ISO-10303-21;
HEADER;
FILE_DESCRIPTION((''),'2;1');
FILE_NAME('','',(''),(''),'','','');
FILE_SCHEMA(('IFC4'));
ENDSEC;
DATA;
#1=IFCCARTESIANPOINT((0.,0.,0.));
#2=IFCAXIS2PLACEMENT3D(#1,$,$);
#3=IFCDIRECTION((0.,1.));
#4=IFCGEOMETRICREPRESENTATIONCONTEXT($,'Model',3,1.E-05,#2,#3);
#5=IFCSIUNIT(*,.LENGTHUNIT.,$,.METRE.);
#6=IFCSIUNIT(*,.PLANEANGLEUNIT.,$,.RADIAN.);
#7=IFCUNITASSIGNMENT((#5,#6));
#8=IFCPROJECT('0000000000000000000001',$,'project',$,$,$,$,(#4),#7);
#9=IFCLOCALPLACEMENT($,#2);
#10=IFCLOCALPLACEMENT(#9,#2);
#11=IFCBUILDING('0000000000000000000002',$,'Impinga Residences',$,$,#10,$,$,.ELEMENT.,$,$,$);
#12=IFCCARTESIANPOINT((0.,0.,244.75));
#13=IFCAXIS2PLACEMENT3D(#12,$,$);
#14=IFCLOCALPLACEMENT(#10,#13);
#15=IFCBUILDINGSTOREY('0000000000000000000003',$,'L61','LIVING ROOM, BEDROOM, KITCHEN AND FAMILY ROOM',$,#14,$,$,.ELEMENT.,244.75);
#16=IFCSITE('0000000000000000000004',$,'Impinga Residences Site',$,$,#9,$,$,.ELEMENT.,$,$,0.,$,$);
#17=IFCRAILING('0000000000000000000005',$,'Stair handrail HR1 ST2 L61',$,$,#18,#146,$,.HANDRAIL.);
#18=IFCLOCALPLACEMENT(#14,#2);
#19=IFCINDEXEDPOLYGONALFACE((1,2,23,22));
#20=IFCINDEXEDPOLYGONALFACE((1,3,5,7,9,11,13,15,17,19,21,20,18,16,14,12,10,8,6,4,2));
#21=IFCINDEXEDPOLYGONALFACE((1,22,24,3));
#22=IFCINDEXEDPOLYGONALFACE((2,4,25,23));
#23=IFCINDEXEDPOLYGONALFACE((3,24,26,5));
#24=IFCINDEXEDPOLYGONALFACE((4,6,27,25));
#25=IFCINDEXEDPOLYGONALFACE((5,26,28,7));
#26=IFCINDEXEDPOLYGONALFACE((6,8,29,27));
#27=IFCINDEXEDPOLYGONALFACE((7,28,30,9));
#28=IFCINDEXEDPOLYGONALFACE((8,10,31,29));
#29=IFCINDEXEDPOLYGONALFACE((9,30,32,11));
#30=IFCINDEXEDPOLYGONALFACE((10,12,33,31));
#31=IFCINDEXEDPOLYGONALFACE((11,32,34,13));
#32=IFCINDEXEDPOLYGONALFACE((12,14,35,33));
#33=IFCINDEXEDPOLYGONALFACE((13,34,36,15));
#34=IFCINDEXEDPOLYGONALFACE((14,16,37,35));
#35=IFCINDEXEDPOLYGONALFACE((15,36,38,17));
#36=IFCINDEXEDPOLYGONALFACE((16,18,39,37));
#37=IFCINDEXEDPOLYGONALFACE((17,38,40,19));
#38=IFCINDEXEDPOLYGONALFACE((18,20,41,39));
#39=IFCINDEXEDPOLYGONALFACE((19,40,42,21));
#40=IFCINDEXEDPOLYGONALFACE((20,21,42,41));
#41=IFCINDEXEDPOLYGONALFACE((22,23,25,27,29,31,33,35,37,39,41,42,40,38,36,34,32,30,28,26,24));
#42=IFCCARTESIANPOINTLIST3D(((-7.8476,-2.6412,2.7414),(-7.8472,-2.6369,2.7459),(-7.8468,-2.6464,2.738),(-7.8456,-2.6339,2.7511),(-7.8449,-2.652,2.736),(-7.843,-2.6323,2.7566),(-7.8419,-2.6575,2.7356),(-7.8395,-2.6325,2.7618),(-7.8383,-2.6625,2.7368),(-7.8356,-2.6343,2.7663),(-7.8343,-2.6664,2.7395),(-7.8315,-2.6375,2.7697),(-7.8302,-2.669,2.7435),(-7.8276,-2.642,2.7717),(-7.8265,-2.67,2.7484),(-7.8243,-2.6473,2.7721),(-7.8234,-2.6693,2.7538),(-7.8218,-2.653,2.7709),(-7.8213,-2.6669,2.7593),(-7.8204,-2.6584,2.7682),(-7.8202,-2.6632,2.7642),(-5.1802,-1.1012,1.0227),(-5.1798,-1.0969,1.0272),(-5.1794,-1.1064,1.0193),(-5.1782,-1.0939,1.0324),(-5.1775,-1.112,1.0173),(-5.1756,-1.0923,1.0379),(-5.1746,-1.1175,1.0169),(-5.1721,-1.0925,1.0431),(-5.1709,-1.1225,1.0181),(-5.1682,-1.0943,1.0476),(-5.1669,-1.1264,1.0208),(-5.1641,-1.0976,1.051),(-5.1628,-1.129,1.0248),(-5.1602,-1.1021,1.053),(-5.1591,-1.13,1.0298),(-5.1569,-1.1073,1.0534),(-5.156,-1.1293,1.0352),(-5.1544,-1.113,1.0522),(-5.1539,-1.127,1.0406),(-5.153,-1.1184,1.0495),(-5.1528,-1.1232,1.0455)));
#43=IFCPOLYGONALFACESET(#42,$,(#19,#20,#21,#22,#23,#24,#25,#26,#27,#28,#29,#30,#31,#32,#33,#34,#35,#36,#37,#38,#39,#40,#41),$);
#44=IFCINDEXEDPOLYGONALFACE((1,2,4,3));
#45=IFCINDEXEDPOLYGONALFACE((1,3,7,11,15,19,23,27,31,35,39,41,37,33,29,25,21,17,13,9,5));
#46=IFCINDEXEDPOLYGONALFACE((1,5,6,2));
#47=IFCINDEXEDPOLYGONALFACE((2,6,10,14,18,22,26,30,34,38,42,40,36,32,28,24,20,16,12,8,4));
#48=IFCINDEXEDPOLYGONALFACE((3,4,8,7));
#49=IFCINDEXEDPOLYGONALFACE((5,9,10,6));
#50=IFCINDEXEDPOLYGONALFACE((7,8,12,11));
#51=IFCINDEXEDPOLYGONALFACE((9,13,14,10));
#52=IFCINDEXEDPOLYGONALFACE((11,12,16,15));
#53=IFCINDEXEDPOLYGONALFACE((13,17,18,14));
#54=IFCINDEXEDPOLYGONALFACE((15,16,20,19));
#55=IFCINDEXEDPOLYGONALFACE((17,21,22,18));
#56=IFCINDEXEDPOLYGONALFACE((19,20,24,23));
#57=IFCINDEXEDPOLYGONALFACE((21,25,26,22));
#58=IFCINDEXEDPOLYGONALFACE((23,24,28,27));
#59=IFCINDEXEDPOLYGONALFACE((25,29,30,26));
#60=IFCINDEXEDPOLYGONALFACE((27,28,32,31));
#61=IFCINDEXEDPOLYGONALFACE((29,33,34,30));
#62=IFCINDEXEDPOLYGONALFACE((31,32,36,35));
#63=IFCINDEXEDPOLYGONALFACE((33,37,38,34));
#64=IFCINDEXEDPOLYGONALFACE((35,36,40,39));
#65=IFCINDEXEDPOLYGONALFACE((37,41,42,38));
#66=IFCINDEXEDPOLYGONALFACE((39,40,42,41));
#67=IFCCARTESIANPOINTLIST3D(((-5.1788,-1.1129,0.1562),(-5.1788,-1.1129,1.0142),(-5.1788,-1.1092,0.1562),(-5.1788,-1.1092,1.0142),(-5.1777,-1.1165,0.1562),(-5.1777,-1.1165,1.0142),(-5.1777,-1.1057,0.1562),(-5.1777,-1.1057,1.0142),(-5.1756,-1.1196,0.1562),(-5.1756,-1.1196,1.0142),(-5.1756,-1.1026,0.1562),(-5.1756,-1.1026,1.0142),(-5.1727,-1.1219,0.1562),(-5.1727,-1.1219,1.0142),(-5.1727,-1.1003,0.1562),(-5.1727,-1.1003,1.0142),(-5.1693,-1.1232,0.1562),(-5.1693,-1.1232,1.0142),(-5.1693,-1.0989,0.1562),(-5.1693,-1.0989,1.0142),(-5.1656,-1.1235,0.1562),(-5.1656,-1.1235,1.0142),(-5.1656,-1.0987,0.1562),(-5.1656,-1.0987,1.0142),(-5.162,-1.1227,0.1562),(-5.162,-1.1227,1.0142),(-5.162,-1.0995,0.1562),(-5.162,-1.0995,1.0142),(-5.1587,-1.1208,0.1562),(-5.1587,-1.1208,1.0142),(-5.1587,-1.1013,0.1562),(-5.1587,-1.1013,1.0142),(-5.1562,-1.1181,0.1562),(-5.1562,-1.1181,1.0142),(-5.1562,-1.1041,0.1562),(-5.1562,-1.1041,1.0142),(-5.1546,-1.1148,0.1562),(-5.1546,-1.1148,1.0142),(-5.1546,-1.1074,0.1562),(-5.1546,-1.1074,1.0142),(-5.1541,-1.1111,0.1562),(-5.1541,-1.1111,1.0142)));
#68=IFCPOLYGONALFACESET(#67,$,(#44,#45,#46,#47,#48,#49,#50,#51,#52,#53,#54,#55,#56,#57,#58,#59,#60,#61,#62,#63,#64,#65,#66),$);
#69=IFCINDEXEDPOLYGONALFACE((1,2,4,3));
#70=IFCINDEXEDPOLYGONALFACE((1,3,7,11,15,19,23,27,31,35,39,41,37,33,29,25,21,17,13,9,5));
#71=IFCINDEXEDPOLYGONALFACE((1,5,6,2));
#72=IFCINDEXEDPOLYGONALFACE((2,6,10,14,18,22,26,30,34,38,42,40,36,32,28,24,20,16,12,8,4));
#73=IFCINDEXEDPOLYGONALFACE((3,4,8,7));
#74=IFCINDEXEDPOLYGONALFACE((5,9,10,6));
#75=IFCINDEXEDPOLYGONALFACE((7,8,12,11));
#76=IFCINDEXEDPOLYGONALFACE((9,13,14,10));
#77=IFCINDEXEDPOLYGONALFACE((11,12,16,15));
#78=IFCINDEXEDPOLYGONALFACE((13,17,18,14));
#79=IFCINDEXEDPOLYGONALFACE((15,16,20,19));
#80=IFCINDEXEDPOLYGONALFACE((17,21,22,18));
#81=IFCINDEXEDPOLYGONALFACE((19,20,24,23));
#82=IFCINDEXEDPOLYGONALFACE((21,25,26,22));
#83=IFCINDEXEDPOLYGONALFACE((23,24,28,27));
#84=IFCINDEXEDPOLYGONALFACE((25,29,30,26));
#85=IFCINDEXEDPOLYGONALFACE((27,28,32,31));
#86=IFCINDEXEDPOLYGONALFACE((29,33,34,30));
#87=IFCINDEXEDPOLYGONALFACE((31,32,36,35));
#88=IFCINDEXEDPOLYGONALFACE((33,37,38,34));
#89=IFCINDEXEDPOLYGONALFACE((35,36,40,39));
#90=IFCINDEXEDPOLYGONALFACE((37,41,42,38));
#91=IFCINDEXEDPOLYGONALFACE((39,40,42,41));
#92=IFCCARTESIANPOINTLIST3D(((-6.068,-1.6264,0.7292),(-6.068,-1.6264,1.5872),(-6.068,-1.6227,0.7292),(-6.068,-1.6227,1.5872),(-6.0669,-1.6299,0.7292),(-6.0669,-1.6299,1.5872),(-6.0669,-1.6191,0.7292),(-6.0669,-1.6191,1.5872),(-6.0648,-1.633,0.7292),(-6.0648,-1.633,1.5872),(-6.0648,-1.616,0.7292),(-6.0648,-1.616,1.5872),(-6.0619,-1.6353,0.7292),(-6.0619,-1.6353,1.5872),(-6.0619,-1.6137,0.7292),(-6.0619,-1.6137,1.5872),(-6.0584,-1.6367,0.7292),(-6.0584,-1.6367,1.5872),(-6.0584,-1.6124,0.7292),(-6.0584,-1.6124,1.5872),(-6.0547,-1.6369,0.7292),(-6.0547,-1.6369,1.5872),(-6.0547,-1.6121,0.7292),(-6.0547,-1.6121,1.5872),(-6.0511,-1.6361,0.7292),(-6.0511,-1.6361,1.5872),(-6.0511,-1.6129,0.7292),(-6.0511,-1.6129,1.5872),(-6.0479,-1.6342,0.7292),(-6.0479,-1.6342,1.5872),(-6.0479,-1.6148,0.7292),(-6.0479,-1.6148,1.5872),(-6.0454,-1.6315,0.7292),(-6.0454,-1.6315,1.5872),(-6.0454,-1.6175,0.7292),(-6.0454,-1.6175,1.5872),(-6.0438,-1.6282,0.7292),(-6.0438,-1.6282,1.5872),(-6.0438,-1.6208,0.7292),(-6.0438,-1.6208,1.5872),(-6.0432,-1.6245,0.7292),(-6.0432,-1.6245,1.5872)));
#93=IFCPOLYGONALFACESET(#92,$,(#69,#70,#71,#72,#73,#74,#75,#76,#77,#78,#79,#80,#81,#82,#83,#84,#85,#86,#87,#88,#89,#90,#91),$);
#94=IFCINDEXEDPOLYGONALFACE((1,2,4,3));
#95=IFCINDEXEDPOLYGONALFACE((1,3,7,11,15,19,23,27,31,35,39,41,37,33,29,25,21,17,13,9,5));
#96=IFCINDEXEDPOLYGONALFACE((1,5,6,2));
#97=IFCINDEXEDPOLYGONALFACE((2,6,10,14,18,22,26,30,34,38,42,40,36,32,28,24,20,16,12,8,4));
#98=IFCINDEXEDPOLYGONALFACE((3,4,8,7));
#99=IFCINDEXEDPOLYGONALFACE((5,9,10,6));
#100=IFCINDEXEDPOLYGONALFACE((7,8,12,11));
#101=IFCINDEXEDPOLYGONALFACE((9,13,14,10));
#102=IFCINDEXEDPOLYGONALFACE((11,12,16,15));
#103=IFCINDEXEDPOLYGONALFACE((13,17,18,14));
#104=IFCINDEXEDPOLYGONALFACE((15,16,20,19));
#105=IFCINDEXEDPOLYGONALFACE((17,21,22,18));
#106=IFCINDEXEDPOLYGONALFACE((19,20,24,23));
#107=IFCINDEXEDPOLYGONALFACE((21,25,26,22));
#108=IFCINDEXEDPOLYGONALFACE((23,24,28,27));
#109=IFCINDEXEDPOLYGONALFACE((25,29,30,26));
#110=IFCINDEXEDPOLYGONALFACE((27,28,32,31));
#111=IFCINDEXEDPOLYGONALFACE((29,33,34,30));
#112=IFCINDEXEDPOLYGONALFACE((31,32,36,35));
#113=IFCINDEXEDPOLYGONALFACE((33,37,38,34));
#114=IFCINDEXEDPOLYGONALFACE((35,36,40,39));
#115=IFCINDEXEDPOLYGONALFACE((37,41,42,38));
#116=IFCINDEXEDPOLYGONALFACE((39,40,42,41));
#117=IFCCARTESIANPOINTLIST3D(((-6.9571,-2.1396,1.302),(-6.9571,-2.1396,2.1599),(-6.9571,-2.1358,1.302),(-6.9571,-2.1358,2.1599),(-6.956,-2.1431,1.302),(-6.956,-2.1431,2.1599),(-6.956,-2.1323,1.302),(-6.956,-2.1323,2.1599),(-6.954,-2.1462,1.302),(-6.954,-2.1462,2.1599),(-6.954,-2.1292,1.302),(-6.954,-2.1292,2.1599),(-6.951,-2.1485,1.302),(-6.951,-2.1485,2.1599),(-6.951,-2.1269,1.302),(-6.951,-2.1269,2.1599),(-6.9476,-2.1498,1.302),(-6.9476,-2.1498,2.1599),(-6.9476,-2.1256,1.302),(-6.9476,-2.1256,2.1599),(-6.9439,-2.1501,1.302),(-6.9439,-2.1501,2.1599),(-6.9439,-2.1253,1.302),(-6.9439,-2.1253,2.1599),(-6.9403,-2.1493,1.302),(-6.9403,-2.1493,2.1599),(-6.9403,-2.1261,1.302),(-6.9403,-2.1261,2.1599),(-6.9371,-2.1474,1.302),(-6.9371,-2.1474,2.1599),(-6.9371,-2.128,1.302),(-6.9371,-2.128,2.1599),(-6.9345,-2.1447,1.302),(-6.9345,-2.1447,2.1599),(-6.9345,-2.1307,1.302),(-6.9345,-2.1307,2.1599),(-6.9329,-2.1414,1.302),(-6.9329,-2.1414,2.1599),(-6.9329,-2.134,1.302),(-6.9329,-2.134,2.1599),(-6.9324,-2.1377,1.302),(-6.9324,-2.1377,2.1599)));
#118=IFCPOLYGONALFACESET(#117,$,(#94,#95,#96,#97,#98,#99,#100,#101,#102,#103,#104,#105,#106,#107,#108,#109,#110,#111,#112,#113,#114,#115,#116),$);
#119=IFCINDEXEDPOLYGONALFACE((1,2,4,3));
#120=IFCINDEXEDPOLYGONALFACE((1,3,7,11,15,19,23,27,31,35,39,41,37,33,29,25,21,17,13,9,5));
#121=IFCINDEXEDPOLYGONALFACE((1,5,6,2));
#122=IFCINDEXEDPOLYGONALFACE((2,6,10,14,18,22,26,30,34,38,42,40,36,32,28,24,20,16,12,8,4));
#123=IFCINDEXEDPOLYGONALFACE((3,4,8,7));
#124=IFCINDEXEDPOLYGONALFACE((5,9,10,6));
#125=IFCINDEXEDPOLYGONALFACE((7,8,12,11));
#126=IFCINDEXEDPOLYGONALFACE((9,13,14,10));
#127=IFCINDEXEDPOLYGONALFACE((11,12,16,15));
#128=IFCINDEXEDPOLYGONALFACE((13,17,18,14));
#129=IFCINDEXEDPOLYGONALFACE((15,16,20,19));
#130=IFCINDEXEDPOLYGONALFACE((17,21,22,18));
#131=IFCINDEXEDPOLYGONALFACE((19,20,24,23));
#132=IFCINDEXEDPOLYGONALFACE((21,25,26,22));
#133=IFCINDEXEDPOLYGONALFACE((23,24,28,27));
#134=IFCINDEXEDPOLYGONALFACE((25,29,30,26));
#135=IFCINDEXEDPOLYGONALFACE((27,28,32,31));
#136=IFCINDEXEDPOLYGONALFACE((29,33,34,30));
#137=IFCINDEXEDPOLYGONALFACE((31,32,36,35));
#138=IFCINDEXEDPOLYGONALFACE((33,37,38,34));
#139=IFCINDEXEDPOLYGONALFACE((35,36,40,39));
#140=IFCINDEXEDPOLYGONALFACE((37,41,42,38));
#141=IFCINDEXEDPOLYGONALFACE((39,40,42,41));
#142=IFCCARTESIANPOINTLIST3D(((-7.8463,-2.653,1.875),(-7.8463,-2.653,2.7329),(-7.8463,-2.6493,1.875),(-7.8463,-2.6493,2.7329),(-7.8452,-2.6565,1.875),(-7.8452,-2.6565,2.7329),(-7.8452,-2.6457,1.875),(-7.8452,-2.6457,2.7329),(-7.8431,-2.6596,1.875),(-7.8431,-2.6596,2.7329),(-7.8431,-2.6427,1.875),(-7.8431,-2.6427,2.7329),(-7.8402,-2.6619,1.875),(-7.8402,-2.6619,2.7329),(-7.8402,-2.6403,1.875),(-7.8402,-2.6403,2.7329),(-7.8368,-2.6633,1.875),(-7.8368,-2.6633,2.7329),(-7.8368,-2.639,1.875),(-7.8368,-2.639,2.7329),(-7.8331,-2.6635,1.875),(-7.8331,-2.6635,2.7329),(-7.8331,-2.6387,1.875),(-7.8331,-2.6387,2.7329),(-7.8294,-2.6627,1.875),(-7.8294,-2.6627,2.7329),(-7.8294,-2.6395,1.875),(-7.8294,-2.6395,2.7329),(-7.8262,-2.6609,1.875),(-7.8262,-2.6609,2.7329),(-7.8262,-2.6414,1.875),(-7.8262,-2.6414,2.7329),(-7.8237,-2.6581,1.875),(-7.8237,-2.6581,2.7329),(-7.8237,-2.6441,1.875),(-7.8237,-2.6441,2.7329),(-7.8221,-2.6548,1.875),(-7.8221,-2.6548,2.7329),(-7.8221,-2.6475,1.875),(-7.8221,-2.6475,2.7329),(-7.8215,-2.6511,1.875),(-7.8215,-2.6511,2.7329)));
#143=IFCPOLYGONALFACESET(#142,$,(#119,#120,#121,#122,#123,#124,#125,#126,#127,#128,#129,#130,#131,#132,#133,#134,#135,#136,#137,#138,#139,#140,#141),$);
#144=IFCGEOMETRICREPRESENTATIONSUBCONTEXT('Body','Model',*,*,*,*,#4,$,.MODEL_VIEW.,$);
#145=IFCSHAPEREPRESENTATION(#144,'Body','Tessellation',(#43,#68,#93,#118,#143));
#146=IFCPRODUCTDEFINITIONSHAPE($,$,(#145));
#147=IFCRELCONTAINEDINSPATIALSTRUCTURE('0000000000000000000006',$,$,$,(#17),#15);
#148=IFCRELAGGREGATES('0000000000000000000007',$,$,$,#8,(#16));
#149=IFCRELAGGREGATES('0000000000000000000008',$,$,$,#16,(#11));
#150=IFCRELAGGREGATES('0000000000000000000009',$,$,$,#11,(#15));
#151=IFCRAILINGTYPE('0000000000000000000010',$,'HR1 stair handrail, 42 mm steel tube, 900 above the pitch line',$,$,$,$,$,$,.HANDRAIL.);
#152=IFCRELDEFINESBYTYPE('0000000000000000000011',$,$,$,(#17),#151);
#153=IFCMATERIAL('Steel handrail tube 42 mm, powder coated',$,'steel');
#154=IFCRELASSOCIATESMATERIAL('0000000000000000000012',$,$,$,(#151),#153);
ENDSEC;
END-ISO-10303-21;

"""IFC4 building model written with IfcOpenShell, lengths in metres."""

from ifc_helpers import new_model, si_unit, direction, frame, origin, origin_2d, place, context, subcontext, project, spatial, circle, extrude, material, type_object, element, save


model = new_model("IFC4")

# Units and contexts
model_context = context("Model", 3, precision=1e-05, world=origin(), true_north=direction((0.0, 1.0)))
body_context = subcontext(model_context, "Body", "Model", "MODEL_VIEW")
ifc_project = project(units=[si_unit("LENGTHUNIT", "METRE"), si_unit("PLANEANGLEUNIT", "RADIAN")], contexts=[model_context])

# Site, building, storey
site_placement = place(None, origin())
site = spatial("IfcSite", under=ifc_project, at=site_placement, Name="Impinga Residences Site", CompositionType="ELEMENT", RefElevation=0.0)
building_placement = place(site_placement, origin())
building = spatial("IfcBuilding", under=site, at=building_placement, Name="Impinga Residences", CompositionType="ELEMENT")
storey_placement = place(building_placement, frame((0.0, 0.0, 244.75)))
storey = spatial("IfcBuildingStorey", under=building, at=storey_placement, Name="L61", Description="LIVING ROOM, BEDROOM, KITCHEN AND FAMILY ROOM", CompositionType="ELEMENT", Elevation=244.75)

# Railing
ifc_material_1 = material(Name="Steel handrail tube 42 mm, powder coated", Category="steel")
railing_type_1 = type_object("IfcRailingType", Name="HR1 stair handrail, 42 mm steel tube, 900 above the pitch line", PredefinedType="HANDRAIL", material=ifc_material_1)
railing_1_placement = place(storey_placement, frame((-5.1665, -1.1111, 0.1562)))
element("IfcRailing", 1, at=railing_1_placement, inside=storey, type_object=railing_type_1, Name="Stair handrail HR1 ST2 L61", PredefinedType="HANDRAIL", context=body_context, shape_type="SweptSolid", body=[
    extrude(circle(Radius=0.021, at=origin_2d()), frame((0.0, 0.0, 0.8789), z_axis=(-0.756256, -0.436616, 0.487282), x_axis=(0.499992, -0.86603, 0.0)), (0.0, 0.0, 1.0), 3.5271),
    extrude(circle(Radius=0.0125, at=origin_2d()), origin(), (0.0, 0.0, 1.0), 0.8579),
    extrude(circle(Radius=0.0125, at=origin_2d()), frame((-0.8892, -0.5134, 0.573)), (0.0, 0.0, 1.0), 0.8579),
    extrude(circle(Radius=0.0125, at=origin_2d()), frame((-1.7783, -1.0266, 1.1458)), (0.0, 0.0, 1.0), 0.8579),
    extrude(circle(Radius=0.0125, at=origin_2d()), frame((-2.6675, -1.54, 1.7188)), (0.0, 0.0, 1.0), 0.8579),
])

save(model, "model.ifc")
